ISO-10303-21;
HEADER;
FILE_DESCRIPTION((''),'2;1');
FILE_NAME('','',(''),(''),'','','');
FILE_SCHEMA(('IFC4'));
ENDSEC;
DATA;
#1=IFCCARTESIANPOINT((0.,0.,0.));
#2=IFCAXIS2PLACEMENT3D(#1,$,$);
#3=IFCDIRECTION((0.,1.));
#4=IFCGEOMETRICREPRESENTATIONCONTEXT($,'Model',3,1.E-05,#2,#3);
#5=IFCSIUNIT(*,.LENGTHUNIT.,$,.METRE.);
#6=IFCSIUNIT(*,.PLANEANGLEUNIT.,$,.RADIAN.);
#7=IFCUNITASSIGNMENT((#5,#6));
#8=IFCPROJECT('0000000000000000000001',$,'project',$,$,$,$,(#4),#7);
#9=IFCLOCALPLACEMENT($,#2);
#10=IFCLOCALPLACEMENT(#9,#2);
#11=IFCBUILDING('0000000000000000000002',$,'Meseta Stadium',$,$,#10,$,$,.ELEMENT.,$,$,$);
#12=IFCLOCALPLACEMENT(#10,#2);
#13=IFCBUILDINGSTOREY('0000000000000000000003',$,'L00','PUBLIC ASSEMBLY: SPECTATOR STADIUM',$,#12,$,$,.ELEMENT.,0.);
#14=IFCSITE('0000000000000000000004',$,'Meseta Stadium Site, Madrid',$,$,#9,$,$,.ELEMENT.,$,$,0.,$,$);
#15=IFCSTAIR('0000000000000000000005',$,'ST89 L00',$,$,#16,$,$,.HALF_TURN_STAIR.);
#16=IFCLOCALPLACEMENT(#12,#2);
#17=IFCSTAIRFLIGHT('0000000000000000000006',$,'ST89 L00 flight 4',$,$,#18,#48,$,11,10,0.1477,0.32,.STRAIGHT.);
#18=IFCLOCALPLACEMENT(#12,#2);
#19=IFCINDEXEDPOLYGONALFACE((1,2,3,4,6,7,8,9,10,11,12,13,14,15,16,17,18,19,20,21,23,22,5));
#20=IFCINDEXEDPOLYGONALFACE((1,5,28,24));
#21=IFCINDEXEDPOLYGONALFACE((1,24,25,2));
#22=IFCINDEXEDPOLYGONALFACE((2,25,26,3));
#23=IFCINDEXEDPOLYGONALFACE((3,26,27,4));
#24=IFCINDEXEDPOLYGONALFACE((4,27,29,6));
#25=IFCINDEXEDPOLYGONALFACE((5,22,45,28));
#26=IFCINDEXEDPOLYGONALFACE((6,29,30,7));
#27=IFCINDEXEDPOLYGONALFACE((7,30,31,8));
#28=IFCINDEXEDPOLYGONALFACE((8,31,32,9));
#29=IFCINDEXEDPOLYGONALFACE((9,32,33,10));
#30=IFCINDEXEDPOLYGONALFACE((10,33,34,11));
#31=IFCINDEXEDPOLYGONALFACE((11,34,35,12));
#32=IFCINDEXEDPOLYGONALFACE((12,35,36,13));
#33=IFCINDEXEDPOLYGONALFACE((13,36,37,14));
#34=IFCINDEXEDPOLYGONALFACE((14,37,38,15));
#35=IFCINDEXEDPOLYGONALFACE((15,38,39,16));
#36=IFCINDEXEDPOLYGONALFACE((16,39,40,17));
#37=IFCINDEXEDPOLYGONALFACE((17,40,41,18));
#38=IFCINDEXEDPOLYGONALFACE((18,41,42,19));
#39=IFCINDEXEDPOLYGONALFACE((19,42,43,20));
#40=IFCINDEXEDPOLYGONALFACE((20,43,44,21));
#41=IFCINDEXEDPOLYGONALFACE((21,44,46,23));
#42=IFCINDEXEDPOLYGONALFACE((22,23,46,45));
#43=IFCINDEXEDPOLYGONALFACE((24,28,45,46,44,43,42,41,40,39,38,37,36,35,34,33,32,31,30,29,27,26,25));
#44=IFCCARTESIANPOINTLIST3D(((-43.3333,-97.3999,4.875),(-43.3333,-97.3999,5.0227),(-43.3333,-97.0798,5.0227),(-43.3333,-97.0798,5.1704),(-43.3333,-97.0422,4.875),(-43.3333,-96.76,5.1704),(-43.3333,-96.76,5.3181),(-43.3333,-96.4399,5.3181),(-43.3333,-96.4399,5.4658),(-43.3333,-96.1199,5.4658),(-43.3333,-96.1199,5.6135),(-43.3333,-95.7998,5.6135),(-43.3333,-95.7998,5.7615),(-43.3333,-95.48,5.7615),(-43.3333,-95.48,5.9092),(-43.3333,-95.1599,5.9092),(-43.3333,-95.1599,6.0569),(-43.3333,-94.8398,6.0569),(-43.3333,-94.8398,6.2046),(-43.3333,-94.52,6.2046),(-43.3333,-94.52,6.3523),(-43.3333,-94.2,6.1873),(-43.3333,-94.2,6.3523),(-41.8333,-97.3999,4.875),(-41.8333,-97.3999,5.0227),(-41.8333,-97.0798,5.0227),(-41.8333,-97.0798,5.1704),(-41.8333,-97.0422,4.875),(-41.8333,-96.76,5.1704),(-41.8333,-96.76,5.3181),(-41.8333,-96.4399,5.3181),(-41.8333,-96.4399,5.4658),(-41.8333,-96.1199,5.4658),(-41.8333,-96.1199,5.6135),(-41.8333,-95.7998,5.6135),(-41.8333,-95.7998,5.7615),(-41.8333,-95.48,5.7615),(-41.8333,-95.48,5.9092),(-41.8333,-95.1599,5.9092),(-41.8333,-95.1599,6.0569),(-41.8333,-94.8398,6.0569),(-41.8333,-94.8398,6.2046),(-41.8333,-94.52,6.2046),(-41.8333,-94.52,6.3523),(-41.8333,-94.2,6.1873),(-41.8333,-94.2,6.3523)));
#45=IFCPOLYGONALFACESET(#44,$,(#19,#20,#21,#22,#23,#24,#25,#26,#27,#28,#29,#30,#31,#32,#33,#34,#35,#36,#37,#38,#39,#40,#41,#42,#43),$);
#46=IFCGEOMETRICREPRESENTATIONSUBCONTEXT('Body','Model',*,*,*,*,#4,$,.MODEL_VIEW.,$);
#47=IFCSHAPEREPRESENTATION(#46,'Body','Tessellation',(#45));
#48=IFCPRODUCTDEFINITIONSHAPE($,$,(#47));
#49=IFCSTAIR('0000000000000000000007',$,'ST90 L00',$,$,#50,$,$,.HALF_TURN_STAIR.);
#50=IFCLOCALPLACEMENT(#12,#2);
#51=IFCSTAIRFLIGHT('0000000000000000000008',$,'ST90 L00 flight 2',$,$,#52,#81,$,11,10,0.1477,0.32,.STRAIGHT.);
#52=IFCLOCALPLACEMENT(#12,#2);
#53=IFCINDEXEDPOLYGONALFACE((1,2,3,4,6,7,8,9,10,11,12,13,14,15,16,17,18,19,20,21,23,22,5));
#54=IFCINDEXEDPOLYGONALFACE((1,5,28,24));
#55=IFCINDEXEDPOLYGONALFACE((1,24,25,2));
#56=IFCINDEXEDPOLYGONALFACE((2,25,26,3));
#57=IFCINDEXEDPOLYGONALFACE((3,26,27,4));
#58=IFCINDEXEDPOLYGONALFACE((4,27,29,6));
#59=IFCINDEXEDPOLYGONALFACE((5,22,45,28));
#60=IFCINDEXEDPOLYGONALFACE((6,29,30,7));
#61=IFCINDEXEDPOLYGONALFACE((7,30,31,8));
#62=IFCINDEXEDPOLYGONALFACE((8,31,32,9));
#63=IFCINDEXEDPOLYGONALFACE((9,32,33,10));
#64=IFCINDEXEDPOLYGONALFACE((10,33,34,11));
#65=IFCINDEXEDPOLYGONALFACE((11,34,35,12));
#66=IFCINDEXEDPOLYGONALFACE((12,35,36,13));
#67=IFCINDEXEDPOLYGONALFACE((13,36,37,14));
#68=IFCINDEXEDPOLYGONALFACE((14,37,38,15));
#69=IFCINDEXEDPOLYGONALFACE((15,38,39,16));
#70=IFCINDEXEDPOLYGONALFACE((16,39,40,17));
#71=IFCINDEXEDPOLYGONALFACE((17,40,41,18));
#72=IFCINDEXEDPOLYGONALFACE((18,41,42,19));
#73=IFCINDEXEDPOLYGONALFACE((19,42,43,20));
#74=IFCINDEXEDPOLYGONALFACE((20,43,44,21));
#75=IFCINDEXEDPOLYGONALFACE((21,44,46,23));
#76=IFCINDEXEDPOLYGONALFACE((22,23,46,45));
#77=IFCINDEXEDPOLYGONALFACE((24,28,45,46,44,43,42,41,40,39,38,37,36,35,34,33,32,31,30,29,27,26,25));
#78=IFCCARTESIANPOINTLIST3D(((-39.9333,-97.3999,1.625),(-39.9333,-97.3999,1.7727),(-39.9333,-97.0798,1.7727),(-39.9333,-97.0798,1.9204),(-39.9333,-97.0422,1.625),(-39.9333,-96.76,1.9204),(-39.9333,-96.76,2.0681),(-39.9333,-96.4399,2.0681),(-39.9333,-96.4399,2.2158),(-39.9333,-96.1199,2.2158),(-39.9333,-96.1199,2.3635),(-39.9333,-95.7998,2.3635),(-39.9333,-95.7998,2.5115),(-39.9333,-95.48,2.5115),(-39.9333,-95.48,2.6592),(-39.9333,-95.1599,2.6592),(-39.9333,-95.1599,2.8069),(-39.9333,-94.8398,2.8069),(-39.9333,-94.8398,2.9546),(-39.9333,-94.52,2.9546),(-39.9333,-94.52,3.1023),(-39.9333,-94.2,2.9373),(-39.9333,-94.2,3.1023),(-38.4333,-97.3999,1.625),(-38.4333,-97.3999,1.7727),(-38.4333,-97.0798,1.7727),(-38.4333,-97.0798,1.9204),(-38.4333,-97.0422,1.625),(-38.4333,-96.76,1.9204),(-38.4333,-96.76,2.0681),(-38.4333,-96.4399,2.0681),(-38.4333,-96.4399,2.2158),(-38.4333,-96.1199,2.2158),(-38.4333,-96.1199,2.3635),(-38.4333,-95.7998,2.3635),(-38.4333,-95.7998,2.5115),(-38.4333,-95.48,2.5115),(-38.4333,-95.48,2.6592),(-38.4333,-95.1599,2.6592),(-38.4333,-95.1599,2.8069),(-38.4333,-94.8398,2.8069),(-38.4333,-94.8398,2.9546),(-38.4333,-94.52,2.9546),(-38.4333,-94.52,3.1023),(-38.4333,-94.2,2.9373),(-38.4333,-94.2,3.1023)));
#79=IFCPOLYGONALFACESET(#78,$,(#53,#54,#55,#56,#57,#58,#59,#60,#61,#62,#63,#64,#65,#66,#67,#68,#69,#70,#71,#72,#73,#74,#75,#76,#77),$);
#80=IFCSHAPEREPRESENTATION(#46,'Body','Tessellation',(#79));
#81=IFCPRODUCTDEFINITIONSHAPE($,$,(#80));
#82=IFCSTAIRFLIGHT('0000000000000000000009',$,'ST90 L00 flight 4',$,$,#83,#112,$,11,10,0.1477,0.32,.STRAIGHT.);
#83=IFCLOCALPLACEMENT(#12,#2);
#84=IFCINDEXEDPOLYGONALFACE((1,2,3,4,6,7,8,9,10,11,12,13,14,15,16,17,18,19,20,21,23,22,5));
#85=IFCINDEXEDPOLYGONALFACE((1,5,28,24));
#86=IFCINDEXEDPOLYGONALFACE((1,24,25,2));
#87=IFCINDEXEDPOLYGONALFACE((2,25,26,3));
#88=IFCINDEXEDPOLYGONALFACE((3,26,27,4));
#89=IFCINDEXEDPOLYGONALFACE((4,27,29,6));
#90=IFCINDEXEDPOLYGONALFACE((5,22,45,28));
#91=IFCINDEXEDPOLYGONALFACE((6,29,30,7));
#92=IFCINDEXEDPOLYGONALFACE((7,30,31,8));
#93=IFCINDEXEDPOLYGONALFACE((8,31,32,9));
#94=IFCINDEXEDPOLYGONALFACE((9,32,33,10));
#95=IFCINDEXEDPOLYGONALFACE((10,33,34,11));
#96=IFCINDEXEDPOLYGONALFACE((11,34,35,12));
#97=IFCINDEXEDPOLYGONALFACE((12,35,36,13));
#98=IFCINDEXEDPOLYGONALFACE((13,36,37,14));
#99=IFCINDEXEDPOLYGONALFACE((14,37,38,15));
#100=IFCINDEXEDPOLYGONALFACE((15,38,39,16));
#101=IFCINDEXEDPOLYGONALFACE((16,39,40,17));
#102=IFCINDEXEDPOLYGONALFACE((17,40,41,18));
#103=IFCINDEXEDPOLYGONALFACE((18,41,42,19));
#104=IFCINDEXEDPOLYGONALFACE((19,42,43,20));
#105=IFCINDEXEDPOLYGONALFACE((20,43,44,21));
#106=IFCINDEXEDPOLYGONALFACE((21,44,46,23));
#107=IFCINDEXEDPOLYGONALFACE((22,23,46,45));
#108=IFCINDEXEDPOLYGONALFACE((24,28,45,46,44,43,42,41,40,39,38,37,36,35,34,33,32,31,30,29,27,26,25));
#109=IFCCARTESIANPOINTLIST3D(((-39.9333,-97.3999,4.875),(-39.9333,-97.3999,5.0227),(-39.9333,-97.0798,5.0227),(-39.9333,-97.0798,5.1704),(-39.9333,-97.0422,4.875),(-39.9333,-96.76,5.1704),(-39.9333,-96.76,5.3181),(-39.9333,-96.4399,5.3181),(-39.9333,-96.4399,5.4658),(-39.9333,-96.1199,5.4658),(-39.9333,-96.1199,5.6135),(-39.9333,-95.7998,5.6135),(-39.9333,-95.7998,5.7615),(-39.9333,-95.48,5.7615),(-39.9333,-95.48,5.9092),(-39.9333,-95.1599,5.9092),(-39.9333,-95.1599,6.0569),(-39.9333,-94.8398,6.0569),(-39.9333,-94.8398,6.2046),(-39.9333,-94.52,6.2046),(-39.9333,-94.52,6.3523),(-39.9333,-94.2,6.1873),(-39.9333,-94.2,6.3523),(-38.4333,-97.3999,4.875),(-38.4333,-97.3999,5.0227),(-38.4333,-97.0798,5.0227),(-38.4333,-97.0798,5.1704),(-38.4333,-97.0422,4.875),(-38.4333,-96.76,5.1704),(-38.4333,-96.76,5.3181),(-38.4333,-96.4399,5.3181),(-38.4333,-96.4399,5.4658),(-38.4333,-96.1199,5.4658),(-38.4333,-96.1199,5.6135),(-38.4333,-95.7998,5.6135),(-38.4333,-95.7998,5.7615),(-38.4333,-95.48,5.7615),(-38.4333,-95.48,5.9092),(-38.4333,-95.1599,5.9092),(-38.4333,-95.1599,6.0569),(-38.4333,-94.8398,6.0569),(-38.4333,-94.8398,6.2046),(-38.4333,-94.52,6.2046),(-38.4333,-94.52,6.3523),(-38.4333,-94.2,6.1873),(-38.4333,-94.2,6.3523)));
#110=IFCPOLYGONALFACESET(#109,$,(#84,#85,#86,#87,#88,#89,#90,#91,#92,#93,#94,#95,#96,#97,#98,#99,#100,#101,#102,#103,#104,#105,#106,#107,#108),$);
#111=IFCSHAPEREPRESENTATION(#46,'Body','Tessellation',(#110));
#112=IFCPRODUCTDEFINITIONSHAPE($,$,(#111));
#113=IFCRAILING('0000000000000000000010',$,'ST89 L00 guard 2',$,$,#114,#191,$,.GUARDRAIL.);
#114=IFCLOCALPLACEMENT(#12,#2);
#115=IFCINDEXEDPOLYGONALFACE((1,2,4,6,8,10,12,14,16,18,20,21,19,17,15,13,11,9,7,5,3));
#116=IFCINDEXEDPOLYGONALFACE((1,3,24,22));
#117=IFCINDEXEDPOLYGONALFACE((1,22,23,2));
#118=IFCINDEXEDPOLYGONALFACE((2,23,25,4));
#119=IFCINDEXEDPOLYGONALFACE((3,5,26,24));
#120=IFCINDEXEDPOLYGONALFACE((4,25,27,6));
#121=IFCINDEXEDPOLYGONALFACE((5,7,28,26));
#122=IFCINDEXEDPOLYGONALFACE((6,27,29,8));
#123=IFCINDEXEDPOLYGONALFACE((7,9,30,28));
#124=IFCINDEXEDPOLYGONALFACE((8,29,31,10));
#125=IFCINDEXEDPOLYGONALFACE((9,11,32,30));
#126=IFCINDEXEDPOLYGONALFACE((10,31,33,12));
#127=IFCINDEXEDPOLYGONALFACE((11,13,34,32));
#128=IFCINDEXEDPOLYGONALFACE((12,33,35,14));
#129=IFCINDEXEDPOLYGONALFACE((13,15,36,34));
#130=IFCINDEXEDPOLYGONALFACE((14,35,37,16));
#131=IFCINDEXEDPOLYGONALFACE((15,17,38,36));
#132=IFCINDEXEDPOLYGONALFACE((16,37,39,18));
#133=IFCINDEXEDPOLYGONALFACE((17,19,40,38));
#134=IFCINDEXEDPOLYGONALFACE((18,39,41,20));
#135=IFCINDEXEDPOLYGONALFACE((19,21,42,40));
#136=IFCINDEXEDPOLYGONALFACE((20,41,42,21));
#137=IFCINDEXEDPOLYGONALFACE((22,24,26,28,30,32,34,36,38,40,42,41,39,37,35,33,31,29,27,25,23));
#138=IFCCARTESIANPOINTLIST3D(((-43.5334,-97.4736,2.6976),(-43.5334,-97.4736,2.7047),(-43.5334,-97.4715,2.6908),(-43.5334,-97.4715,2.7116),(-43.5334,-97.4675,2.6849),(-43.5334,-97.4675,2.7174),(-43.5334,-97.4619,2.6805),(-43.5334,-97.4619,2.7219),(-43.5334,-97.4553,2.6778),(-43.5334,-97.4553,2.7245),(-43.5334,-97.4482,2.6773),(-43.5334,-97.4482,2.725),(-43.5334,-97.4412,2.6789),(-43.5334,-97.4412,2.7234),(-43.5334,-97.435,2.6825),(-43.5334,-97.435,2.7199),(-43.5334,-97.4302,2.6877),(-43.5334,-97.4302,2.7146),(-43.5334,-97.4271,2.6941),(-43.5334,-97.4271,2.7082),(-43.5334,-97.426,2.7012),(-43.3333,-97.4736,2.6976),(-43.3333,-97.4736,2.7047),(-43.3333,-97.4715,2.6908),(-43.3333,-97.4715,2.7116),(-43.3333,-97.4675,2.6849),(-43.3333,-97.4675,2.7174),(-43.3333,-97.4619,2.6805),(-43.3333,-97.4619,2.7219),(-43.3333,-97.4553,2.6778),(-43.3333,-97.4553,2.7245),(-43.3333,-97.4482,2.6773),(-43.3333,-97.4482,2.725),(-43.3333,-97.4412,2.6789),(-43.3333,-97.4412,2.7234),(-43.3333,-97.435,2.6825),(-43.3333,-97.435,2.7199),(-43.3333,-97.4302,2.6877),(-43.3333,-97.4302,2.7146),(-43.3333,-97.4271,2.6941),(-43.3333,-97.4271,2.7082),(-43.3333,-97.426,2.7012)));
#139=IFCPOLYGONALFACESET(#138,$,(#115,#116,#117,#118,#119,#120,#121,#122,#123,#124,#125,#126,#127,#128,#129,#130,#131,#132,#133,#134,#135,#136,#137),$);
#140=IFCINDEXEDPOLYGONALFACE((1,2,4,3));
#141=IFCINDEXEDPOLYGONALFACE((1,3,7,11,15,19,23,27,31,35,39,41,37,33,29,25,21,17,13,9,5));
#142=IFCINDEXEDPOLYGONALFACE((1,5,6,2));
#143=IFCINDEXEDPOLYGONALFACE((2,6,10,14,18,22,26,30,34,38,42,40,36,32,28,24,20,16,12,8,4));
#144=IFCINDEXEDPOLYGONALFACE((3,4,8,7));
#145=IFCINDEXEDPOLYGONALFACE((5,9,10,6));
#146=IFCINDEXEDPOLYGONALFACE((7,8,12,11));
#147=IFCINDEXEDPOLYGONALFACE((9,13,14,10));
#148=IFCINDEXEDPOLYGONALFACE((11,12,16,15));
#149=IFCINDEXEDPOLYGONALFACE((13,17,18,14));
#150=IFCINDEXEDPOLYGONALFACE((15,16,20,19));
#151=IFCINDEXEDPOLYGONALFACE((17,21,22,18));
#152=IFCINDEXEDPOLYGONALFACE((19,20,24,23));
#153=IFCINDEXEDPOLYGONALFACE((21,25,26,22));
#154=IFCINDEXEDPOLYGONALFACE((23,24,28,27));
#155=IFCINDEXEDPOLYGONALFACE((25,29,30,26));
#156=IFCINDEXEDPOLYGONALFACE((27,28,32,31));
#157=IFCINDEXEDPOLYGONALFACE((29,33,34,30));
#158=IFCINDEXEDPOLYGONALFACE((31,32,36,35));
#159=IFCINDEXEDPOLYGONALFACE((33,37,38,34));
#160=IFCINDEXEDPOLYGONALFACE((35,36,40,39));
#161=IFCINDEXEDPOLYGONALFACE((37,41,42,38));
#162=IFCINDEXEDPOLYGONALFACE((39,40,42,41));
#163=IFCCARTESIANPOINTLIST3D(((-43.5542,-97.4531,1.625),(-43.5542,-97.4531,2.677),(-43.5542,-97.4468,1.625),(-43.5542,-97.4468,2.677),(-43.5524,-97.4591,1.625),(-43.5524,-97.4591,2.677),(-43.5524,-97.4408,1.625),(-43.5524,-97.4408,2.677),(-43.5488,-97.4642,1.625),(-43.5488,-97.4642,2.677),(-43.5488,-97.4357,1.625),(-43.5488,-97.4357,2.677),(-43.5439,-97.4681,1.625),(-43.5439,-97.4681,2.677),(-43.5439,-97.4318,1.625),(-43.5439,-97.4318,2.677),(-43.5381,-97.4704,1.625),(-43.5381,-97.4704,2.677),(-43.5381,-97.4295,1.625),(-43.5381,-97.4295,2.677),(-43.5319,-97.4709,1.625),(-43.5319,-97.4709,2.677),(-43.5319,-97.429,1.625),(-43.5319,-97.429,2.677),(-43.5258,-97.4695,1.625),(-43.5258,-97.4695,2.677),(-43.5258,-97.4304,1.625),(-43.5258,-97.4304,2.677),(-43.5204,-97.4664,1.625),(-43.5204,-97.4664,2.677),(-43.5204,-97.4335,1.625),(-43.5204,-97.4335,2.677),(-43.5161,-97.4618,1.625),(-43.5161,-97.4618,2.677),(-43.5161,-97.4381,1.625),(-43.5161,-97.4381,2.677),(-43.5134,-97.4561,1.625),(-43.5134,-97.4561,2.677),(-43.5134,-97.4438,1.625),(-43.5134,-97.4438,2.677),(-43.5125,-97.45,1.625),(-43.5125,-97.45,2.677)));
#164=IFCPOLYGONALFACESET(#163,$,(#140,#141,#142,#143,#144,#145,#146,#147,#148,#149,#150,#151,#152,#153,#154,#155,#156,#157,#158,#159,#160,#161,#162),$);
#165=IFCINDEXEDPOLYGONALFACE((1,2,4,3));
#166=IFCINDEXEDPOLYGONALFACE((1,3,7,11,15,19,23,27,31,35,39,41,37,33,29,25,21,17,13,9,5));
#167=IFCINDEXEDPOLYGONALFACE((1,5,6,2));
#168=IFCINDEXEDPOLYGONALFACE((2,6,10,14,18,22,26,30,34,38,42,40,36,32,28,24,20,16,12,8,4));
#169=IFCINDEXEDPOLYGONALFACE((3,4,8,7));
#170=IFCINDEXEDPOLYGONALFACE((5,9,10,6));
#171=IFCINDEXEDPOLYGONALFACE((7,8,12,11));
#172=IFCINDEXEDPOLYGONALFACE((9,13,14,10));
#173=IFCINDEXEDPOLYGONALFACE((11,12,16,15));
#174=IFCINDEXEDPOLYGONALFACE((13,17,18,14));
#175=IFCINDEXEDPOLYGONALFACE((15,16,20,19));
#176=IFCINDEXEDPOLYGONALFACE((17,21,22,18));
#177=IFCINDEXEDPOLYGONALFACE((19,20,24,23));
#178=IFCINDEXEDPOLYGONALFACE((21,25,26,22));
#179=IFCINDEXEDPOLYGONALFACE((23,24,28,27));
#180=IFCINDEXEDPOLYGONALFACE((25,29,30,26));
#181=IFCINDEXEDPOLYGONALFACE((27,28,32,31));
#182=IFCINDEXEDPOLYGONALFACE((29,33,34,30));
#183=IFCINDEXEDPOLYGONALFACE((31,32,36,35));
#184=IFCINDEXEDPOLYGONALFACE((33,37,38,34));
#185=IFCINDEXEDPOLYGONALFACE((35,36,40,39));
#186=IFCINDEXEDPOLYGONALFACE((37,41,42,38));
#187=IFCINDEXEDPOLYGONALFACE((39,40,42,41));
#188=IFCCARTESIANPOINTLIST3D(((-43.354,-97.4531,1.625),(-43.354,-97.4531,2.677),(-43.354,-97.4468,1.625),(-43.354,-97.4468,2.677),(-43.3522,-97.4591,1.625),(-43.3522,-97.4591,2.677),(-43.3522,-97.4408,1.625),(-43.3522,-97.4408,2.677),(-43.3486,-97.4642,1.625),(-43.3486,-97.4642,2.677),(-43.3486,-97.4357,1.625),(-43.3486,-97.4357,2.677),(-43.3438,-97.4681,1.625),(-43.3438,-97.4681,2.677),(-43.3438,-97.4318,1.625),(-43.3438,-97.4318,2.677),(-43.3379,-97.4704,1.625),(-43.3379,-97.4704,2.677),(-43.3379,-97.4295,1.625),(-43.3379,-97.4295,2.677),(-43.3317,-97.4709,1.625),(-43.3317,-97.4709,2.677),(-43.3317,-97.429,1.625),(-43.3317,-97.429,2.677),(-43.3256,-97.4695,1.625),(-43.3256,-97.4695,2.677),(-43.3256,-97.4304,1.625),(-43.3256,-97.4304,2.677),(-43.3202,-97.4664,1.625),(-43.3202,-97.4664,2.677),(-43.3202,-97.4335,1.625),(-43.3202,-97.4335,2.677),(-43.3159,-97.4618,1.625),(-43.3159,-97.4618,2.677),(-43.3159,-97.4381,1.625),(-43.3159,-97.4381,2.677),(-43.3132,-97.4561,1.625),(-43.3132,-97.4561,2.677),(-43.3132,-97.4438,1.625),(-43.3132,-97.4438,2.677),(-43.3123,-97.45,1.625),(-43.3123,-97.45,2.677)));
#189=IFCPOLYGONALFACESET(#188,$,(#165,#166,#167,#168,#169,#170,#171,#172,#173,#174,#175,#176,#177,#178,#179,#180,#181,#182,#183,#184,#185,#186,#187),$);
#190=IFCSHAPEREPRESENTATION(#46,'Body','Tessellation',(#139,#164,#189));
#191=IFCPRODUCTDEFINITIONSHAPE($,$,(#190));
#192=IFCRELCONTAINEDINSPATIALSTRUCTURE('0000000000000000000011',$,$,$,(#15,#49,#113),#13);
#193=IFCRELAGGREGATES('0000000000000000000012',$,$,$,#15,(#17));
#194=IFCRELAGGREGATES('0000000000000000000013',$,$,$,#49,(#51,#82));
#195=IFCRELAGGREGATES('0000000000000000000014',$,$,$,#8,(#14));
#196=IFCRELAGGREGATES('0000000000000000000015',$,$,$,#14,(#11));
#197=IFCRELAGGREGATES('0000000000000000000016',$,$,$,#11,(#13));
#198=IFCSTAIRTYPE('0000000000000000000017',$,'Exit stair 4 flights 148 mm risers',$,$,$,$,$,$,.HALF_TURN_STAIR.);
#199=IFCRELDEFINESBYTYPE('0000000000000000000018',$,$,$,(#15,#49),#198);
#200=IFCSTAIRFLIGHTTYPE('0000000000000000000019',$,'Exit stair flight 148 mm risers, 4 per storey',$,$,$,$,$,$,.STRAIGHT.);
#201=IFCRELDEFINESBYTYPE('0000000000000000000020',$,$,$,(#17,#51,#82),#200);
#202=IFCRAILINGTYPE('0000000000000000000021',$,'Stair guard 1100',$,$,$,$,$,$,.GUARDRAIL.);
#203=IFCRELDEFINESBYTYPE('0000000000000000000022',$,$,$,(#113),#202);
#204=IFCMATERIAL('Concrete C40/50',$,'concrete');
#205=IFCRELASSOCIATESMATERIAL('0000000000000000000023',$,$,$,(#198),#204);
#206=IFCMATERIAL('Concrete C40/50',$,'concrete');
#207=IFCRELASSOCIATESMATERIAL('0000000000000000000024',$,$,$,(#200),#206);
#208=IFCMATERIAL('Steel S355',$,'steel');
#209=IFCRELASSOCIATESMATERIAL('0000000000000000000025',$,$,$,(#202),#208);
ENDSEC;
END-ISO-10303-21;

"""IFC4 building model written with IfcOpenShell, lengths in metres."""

from ifc_helpers import new_model, si_unit, direction, frame, origin, origin_2d, place, context, subcontext, project, spatial, polyline, circle, outline, extrude, material, type_object, element, aggregate, save


model = new_model("IFC4")

# Units and contexts
model_context = context("Model", 3, precision=1e-05, world=origin(), true_north=direction((0.0, 1.0)))
body_context = subcontext(model_context, "Body", "Model", "MODEL_VIEW")
ifc_project = project(units=[si_unit("LENGTHUNIT", "METRE"), si_unit("PLANEANGLEUNIT", "RADIAN")], contexts=[model_context])

# Site, building, storey
site_placement = place(None, origin())
site = spatial("IfcSite", under=ifc_project, at=site_placement, Name="Meseta Stadium Site, Madrid", CompositionType="ELEMENT", RefElevation=0.0)
building_placement = place(site_placement, origin())
building = spatial("IfcBuilding", under=site, at=building_placement, Name="Meseta Stadium", CompositionType="ELEMENT")
storey_placement = place(building_placement, origin())
storey = spatial("IfcBuildingStorey", under=building, at=storey_placement, Name="L00", Description="PUBLIC ASSEMBLY: SPECTATOR STADIUM", CompositionType="ELEMENT", Elevation=0.0)

# Stairs, stair flights
ifc_material_1 = material(Name="Concrete C40/50", Category="concrete")
stair_type = type_object("IfcStairType", Name="Exit stair 4 flights 148 mm risers", PredefinedType="HALF_TURN_STAIR", material=ifc_material_1)
stair_1_placement = place(storey_placement, origin())
stair_1 = element("IfcStair", 1, at=stair_1_placement, inside=storey, type_object=stair_type, Name="ST89 L00", PredefinedType="HALF_TURN_STAIR")
ifc_material_2 = material(Name="Concrete C40/50", Category="concrete")
stair_flight_type = type_object("IfcStairFlightType", Name="Exit stair flight 148 mm risers, 4 per storey", PredefinedType="STRAIGHT", material=ifc_material_2)
stair_flight_1_placement = place(storey_placement, frame((-42.5833, -97.3999, 4.875), z_axis=(0.0, 0.0, 1.0), x_axis=(0.0, 1.0, 0.0)))
stair_flight_1 = element("IfcStairFlight", 2, at=stair_flight_1_placement, type_object=stair_flight_type, Name="ST89 L00 flight 4", NumberOfRisers=11, NumberOfTreads=10, PredefinedType="STRAIGHT", RiserHeight=0.1477, TreadLength=0.32, context=body_context, shape_type="SweptSolid", body=[
    extrude(outline(polyline([(0.0, 0.0), (0.0, 0.1477), (0.3201, 0.1477), (0.3201, 0.2954), (0.6399, 0.2954), (0.6399, 0.4431), (0.96, 0.4431), (0.96, 0.5908), (1.28, 0.5908), (1.28, 0.7385), (1.6001, 0.7385), (1.6001, 0.8865), (1.9199, 0.8865), (1.9199, 1.0342), (2.24, 1.0342), (2.24, 1.1819), (2.5601, 1.1819), (2.5601, 1.3296), (2.8799, 1.3296), (2.8799, 1.4773), (3.2, 1.4773), (3.2, 1.3123), (0.3577, 0.0), (0.0, 0.0)])), frame((0.0, 0.75, 0.0), z_axis=(0.0, -1.0, 0.0), x_axis=(1.0, 0.0, 0.0)), (0.0, 0.0, 1.0), 1.5),
])
aggregate(stair_1, [stair_flight_1])
stair_2_placement = place(storey_placement, origin())
stair_2 = element("IfcStair", 3, at=stair_2_placement, inside=storey, type_object=stair_type, Name="ST90 L00", PredefinedType="HALF_TURN_STAIR")
stair_flight_2_placement = place(storey_placement, frame((-39.1833, -97.3999, 1.625), z_axis=(0.0, 0.0, 1.0), x_axis=(0.0, 1.0, 0.0)))
stair_flight_2 = element("IfcStairFlight", 4, at=stair_flight_2_placement, type_object=stair_flight_type, Name="ST90 L00 flight 2", NumberOfRisers=11, NumberOfTreads=10, PredefinedType="STRAIGHT", RiserHeight=0.1477, TreadLength=0.32, context=body_context, shape_type="SweptSolid", body=[
    extrude(outline(polyline([(0.0, 0.0), (0.0, 0.1477), (0.3201, 0.1477), (0.3201, 0.2954), (0.6399, 0.2954), (0.6399, 0.4431), (0.96, 0.4431), (0.96, 0.5908), (1.28, 0.5908), (1.28, 0.7385), (1.6001, 0.7385), (1.6001, 0.8865), (1.9199, 0.8865), (1.9199, 1.0342), (2.24, 1.0342), (2.24, 1.1819), (2.5601, 1.1819), (2.5601, 1.3296), (2.8799, 1.3296), (2.8799, 1.4773), (3.2, 1.4773), (3.2, 1.3123), (0.3577, 0.0), (0.0, 0.0)])), frame((0.0, 0.75, 0.0), z_axis=(0.0, -1.0, 0.0), x_axis=(1.0, 0.0, 0.0)), (0.0, 0.0, 1.0), 1.5),
])
stair_flight_3_placement = place(storey_placement, frame((-39.1833, -97.3999, 4.875), z_axis=(0.0, 0.0, 1.0), x_axis=(0.0, 1.0, 0.0)))
stair_flight_3 = element("IfcStairFlight", 5, at=stair_flight_3_placement, type_object=stair_flight_type, Name="ST90 L00 flight 4", NumberOfRisers=11, NumberOfTreads=10, PredefinedType="STRAIGHT", RiserHeight=0.1477, TreadLength=0.32, context=body_context, shape_type="SweptSolid", body=[
    extrude(outline(polyline([(0.0, 0.0), (0.0, 0.1477), (0.3201, 0.1477), (0.3201, 0.2954), (0.6399, 0.2954), (0.6399, 0.4431), (0.96, 0.4431), (0.96, 0.5908), (1.28, 0.5908), (1.28, 0.7385), (1.6001, 0.7385), (1.6001, 0.8865), (1.9199, 0.8865), (1.9199, 1.0342), (2.24, 1.0342), (2.24, 1.1819), (2.5601, 1.1819), (2.5601, 1.3296), (2.8799, 1.3296), (2.8799, 1.4773), (3.2, 1.4773), (3.2, 1.3123), (0.3577, 0.0), (0.0, 0.0)])), frame((0.0, 0.75, 0.0), z_axis=(0.0, -1.0, 0.0), x_axis=(1.0, 0.0, 0.0)), (0.0, 0.0, 1.0), 1.5),
])
aggregate(stair_2, [stair_flight_2, stair_flight_3])

# Railing
ifc_material_3 = material(Name="Steel S355", Category="steel")
railing_type_1 = type_object("IfcRailingType", Name="Stair guard 1100", PredefinedType="GUARDRAIL", material=ifc_material_3)
railing_1_placement = place(storey_placement, frame((-43.5334, -97.45, 1.625)))
element("IfcRailing", 6, at=railing_1_placement, inside=storey, type_object=railing_type_1, Name="ST89 L00 guard 2", PredefinedType="GUARDRAIL", context=body_context, shape_type="SweptSolid", body=[
    extrude(circle(Radius=0.0239, at=origin_2d()), frame((0.0, 0.0, 1.0762), z_axis=(1.0, 0.0, 0.0), x_axis=(0.0, 1.0, 0.0)), (0.0, 0.0, 1.0), 0.2002),
    extrude(circle(Radius=0.021, at=origin_2d()), origin(), (0.0, 0.0, 1.0), 1.052),
    extrude(circle(Radius=0.021, at=origin_2d()), frame((0.2002, 0.0, 0.0)), (0.0, 0.0, 1.0), 1.052),
])

save(model, "model.ifc")
